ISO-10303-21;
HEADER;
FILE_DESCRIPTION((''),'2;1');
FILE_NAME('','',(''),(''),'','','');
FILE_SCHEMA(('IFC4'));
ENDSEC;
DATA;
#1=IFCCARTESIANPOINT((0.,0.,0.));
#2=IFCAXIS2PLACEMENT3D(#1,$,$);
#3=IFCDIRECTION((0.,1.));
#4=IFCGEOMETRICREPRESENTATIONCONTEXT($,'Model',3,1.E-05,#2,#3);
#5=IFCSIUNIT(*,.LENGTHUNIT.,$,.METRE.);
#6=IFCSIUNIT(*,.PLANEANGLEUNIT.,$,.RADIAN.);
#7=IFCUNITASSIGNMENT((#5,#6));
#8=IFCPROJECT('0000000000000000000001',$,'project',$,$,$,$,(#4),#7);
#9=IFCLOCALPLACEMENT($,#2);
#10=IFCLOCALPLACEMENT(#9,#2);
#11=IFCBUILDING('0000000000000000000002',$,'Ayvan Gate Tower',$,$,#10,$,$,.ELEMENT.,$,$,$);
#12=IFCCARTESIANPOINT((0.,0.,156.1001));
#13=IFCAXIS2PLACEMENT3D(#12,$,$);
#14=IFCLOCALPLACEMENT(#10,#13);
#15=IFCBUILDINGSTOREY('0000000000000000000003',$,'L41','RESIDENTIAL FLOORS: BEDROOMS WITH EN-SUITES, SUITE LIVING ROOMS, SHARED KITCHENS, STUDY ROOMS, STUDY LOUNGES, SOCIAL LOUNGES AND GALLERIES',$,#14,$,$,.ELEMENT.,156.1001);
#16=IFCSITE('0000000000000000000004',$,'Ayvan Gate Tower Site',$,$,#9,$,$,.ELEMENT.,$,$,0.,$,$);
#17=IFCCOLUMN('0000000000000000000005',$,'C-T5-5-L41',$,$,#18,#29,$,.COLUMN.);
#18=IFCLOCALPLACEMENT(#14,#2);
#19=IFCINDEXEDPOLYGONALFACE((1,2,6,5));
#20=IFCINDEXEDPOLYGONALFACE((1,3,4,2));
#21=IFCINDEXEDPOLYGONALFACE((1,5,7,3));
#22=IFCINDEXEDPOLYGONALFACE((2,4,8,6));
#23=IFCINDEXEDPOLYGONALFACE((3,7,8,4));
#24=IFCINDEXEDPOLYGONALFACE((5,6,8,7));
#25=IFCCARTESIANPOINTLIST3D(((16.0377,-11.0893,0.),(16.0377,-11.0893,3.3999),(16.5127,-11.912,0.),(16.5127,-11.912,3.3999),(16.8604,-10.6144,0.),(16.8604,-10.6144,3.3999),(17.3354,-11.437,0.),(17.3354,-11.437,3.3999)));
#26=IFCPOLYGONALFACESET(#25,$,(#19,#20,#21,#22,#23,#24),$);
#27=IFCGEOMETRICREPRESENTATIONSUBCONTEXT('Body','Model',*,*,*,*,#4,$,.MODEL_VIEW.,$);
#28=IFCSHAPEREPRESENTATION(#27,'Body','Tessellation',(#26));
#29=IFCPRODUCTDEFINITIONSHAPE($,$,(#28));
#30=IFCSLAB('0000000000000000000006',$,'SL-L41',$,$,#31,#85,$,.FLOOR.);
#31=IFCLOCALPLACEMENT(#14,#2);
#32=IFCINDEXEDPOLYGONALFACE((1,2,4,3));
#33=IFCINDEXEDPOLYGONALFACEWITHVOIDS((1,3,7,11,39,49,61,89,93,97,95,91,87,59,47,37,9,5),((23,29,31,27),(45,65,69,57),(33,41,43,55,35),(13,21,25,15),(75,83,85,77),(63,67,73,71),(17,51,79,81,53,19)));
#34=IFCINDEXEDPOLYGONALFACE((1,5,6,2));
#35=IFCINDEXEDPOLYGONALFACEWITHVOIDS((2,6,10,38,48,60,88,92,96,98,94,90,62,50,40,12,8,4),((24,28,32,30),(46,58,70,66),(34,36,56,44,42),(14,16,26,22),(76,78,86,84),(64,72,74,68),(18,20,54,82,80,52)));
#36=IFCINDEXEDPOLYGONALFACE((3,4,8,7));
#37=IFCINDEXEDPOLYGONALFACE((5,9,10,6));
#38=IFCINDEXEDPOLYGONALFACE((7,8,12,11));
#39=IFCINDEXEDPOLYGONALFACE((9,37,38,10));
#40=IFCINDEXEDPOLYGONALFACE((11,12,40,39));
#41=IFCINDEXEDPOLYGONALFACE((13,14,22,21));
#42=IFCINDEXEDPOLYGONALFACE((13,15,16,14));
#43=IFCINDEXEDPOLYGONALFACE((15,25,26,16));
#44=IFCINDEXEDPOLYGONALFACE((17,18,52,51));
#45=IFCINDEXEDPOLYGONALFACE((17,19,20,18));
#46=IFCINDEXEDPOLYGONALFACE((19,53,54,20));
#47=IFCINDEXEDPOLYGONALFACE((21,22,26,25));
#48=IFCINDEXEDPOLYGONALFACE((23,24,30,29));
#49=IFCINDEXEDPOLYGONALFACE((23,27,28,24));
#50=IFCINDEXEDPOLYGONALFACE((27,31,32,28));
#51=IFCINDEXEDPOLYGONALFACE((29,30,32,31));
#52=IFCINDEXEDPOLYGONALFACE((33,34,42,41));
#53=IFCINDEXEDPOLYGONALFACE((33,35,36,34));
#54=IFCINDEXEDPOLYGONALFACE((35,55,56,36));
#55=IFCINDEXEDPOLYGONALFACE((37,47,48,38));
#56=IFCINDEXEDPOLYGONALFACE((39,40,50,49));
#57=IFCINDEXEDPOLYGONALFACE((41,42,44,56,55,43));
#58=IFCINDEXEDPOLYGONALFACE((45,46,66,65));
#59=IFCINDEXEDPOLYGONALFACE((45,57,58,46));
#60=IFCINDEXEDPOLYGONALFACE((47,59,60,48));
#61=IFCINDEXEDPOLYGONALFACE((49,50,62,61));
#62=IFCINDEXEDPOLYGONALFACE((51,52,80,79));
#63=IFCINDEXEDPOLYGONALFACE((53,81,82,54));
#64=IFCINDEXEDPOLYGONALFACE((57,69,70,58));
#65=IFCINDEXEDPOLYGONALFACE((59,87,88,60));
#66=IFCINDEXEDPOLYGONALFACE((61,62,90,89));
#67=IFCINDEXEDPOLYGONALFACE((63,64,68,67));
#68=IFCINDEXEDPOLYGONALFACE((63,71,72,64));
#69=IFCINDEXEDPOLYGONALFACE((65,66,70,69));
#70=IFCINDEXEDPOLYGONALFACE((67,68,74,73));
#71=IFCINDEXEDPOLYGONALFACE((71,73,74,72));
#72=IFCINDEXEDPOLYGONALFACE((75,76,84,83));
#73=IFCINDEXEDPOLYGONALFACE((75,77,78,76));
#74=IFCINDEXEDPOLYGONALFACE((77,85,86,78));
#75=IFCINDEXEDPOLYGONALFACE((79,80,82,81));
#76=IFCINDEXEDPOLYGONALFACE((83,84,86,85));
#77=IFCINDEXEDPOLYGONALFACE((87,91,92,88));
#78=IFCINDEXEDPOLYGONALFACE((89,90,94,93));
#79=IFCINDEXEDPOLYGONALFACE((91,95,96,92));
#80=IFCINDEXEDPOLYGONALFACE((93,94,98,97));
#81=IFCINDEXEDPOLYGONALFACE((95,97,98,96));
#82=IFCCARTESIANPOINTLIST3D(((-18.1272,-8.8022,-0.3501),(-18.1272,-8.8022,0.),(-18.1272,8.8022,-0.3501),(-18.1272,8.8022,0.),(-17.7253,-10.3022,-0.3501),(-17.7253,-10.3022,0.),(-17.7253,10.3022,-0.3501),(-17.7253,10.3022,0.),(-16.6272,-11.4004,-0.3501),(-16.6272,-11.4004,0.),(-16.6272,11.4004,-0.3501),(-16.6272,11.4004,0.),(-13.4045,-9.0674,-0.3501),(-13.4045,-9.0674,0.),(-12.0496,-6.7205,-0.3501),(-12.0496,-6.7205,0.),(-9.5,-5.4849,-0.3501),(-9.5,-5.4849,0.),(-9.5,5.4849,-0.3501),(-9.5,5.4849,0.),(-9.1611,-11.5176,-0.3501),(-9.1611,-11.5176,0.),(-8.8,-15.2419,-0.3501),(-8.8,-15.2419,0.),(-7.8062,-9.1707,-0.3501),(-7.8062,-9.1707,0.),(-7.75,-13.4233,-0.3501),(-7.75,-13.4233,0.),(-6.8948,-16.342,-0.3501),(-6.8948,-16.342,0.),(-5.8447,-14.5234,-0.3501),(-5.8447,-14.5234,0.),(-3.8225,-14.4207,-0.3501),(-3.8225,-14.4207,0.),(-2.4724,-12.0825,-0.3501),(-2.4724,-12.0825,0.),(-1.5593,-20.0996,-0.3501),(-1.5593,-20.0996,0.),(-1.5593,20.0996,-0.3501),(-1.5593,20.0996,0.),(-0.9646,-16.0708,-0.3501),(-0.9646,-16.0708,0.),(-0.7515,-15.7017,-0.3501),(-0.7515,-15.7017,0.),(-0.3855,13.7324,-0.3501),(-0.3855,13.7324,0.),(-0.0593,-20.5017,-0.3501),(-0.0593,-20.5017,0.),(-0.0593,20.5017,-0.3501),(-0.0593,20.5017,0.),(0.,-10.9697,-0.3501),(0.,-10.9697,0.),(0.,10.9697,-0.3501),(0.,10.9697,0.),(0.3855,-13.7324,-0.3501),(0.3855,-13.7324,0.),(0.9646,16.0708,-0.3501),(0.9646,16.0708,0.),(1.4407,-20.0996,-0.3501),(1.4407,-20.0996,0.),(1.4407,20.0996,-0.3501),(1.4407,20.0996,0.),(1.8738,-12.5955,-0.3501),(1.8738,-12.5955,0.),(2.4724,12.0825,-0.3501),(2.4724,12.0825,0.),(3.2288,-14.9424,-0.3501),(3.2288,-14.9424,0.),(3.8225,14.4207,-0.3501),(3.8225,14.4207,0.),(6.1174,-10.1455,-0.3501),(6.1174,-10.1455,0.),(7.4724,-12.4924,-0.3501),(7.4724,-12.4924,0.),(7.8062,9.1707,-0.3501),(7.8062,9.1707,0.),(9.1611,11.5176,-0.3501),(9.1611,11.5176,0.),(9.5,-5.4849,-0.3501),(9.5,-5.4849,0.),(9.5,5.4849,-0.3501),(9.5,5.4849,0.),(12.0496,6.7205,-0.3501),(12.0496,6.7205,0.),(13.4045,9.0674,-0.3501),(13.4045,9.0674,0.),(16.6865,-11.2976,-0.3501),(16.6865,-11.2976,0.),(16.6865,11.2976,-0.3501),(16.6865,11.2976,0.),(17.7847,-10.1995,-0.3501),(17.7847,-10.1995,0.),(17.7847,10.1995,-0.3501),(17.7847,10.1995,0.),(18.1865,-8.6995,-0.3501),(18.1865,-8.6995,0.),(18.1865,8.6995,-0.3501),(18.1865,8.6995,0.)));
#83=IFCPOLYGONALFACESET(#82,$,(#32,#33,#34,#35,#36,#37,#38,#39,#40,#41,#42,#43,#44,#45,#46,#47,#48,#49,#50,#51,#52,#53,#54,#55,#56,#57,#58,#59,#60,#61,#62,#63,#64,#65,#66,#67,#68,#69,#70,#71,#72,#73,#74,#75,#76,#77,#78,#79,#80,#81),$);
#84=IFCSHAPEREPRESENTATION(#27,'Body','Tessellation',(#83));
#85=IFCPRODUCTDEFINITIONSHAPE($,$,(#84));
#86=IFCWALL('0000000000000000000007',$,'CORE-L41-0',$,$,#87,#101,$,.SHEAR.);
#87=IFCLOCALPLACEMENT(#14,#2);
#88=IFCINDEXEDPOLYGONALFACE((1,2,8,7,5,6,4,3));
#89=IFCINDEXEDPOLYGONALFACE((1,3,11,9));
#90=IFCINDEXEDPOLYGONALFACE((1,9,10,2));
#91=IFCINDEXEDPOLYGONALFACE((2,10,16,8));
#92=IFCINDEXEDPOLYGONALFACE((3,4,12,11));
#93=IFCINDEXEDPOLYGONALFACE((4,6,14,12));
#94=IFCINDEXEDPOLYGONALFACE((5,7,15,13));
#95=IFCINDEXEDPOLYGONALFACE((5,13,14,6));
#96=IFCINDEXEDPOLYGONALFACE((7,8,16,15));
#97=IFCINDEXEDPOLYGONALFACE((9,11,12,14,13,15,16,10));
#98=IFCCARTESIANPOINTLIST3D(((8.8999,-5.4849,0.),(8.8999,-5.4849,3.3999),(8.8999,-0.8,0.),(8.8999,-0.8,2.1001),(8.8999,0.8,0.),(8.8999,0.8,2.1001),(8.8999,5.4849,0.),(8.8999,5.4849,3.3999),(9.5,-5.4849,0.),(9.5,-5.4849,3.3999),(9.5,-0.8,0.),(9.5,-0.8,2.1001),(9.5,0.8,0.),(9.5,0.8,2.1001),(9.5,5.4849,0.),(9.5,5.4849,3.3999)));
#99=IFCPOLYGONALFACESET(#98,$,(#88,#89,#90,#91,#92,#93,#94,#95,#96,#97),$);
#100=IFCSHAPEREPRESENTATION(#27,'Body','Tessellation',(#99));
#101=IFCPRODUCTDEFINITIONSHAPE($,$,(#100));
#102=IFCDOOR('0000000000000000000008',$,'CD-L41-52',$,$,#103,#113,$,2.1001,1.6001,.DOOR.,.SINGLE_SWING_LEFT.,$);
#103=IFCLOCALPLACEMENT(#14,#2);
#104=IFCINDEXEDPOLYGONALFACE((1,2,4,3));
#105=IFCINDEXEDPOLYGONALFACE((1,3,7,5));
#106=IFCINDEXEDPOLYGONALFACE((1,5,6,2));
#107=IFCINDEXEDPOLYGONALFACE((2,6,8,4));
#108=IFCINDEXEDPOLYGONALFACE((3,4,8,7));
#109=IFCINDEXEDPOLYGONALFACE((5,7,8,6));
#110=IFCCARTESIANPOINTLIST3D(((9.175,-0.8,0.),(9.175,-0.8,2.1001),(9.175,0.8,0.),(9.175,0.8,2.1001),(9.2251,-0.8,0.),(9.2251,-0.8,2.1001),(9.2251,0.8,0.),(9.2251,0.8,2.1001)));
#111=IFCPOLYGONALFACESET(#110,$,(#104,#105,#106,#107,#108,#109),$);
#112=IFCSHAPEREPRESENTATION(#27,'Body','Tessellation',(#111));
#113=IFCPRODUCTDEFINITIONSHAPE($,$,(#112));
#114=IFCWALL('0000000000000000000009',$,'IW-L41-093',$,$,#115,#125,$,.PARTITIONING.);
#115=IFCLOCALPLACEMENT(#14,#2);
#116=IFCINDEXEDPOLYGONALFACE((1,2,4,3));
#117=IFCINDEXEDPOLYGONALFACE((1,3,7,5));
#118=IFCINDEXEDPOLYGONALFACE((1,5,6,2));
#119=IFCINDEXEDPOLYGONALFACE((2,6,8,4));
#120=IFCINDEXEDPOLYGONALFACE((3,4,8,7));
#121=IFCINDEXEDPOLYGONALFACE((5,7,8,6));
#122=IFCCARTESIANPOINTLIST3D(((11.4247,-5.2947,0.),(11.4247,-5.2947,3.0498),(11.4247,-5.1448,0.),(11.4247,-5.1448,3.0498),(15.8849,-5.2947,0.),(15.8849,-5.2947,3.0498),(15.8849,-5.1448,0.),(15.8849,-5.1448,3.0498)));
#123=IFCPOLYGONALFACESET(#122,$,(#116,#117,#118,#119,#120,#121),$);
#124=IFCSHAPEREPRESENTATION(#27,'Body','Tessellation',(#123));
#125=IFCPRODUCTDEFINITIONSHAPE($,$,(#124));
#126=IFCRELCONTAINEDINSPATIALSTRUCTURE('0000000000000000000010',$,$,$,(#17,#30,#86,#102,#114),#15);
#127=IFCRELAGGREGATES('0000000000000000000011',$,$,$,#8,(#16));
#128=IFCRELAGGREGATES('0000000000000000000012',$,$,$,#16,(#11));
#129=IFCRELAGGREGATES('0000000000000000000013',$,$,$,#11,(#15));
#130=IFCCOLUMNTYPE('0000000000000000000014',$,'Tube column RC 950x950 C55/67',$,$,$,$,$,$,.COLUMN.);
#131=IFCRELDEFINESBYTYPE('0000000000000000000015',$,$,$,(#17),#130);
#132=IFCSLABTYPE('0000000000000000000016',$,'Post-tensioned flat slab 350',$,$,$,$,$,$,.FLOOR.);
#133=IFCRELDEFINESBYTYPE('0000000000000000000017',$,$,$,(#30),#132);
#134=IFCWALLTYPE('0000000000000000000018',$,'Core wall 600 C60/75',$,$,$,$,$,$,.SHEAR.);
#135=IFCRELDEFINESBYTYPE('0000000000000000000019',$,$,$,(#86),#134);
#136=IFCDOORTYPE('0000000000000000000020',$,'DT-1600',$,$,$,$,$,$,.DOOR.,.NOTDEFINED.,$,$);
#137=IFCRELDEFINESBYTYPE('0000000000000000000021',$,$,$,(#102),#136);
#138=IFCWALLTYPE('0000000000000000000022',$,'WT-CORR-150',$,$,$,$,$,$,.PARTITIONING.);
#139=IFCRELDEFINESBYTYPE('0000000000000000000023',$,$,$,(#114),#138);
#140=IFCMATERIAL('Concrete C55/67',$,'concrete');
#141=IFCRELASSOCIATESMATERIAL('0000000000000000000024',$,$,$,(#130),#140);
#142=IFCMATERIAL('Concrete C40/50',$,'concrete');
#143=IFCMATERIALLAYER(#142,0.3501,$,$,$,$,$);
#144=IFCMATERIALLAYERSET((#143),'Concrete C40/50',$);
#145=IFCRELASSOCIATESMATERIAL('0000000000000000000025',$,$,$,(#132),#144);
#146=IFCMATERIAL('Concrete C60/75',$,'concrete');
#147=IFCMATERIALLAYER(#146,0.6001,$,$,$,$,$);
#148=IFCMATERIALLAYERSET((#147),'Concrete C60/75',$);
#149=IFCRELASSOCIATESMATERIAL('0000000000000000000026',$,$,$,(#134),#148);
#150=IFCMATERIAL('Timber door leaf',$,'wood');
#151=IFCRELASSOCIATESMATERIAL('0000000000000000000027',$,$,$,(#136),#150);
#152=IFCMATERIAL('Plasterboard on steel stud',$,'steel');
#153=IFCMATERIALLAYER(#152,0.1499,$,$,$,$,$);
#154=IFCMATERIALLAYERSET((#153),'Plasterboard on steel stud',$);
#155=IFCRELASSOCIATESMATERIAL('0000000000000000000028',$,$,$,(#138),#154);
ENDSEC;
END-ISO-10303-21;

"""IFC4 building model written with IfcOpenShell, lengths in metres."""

from ifc_helpers import new_model, si_unit, direction, frame, frame_2d, origin, origin_2d, place, context, subcontext, project, spatial, polyline, rectangle, outline, extrude, material, layer, layer_set, material_profile, profile_set, type_object, element, fill, save


model = new_model("IFC4")

# Units and contexts
model_context = context("Model", 3, precision=1e-05, world=origin(), true_north=direction((0.0, 1.0)))
body_context = subcontext(model_context, "Body", "Model", "MODEL_VIEW")
ifc_project = project(units=[si_unit("LENGTHUNIT", "METRE"), si_unit("PLANEANGLEUNIT", "RADIAN")], contexts=[model_context])

# Site, building, storey
site_placement = place(None, origin())
site = spatial("IfcSite", under=ifc_project, at=site_placement, Name="Ayvan Gate Tower Site", CompositionType="ELEMENT", RefElevation=0.0)
building_placement = place(site_placement, origin())
building = spatial("IfcBuilding", under=site, at=building_placement, Name="Ayvan Gate Tower", CompositionType="ELEMENT")
storey_placement = place(building_placement, frame((0.0, 0.0, 156.1001)))
storey = spatial("IfcBuildingStorey", under=building, at=storey_placement, Name="L41", Description="RESIDENTIAL FLOORS: BEDROOMS WITH EN-SUITES, SUITE LIVING ROOMS, SHARED KITCHENS, STUDY ROOMS, STUDY LOUNGES, SOCIAL LOUNGES AND GALLERIES", CompositionType="ELEMENT", Elevation=156.1001)

# Column
ifc_material_1 = material(Name="Concrete C55/67", Category="concrete")
ifc_material_profile = material_profile(ifc_material_1, rectangle(XDim=0.95, YDim=0.95, at=origin_2d()), Name="RC 950x950")
ifc_profile_set = profile_set([ifc_material_profile], Name="Concrete C55/67")
column_type = type_object("IfcColumnType", Name="Tube column RC 950x950 C55/67", PredefinedType="COLUMN", material=ifc_profile_set)
column_placement = place(storey_placement, frame((16.6865, -11.2632, 0.0), z_axis=(0.0, 0.0, 1.0), x_axis=(0.5, -0.866025, 0.0)))
element("IfcColumn", 1, at=column_placement, inside=storey, type_object=column_type, Name="C-T5-5-L41", PredefinedType="COLUMN", context=body_context, shape_type="SweptSolid", body=[
    extrude(rectangle(XDim=0.95, YDim=0.95, at=origin_2d()), origin(), (0.0, 0.0, 1.0), 3.3999),
])

# Slab
ifc_material_2 = material(Name="Concrete C40/50", Category="concrete")
ifc_layer_1 = layer(ifc_material_2, 0.3501)
ifc_layer_set_1 = layer_set([ifc_layer_1], Name="Concrete C40/50")
slab_type = type_object("IfcSlabType", Name="Post-tensioned flat slab 350", PredefinedType="FLOOR", material=ifc_layer_set_1)
slab_placement = place(storey_placement, frame((0.0, 0.0, -0.3501)))
element("IfcSlab", 2, at=slab_placement, inside=storey, type_object=slab_type, Name="SL-L41", PredefinedType="FLOOR", context=body_context, shape_type="SweptSolid", body=[
    extrude(outline(polyline([(-0.0593, -20.5017), (-1.5593, -20.0996), (-16.6272, -11.4004), (-17.7253, -10.3022), (-18.1272, -8.8022), (-18.1272, 8.8022), (-17.7253, 10.3022), (-16.6272, 11.4004), (-1.5593, 20.0996), (-0.0593, 20.5017), (1.4407, 20.0996), (16.6865, 11.2976), (17.7847, 10.1995), (18.1865, 8.6995), (18.1865, -8.6995), (17.7847, -10.1995), (16.6865, -11.2976), (1.4407, -20.0996), (-0.0593, -20.5017)]), holes=[polyline([(13.4045, 9.0674), (9.1611, 11.5176), (7.8062, 9.1707), (12.0496, 6.7205), (13.4045, 9.0674)]), polyline([(0.0, 10.9697), (-9.5, 5.4849), (-9.5, -5.4849), (0.0, -10.9697), (9.5, -5.4849), (9.5, 5.4849), (0.0, 10.9697)]), polyline([(3.2288, -14.9424), (7.4724, -12.4924), (6.1174, -10.1455), (1.8738, -12.5955), (3.2288, -14.9424)]), polyline([(0.9646, 16.0708), (-0.3855, 13.7324), (2.4724, 12.0825), (3.8225, 14.4207), (0.9646, 16.0708)]), polyline([(0.3855, -13.7324), (-2.4724, -12.0825), (-3.8225, -14.4207), (-0.9646, -16.0708), (-0.7515, -15.7017), (0.3855, -13.7324)]), polyline([(-6.8948, -16.342), (-5.8447, -14.5234), (-7.75, -13.4233), (-8.8, -15.2419), (-6.8948, -16.342)]), polyline([(-7.8062, -9.1707), (-12.0496, -6.7205), (-13.4045, -9.0674), (-9.1611, -11.5176), (-7.8062, -9.1707)])]), origin(), (0.0, 0.0, 1.0), 0.3501),
])

# Wall, opening, door
ifc_material_3 = material(Name="Concrete C60/75", Category="concrete")
ifc_layer_2 = layer(ifc_material_3, 0.6001)
ifc_layer_set_2 = layer_set([ifc_layer_2], Name="Concrete C60/75")
wall_type_1 = type_object("IfcWallType", Name="Core wall 600 C60/75", PredefinedType="SHEAR", material=ifc_layer_set_2)
wall_1_placement = place(storey_placement, frame((9.2, -5.4849, 0.0), z_axis=(0.0, 0.0, 1.0), x_axis=(0.0, 1.0, 0.0)))
wall_1 = element("IfcWall", 3, at=wall_1_placement, inside=storey, type_object=wall_type_1, Name="CORE-L41-0", PredefinedType="SHEAR", context=body_context, shape_type="SweptSolid", body=[
    extrude(rectangle(XDim=10.9697, YDim=0.6001, at=frame_2d((5.4849, 0.0))), origin(), (0.0, 0.0, 1.0), 3.3999),
])
opening_1_placement = place(wall_1_placement, frame((4.6848, 0.0, 0.0)))
opening_1 = element("IfcOpeningElement", 4, at=opening_1_placement, cuts=wall_1, PredefinedType="OPENING", context=body_context, shape_type="SweptSolid", body=[
    extrude(rectangle(XDim=1.6001, YDim=2.1001, at=frame_2d((0.8, 1.05))), frame((0.0, 0.3101, 0.0), z_axis=(0.0, -1.0, 0.0), x_axis=(1.0, 0.0, 0.0)), (0.0, 0.0, 1.0), 0.6201),
])
ifc_material_4 = material(Name="Timber door leaf", Category="wood")
door_type_1 = type_object("IfcDoorType", Name="DT-1600", OperationType="NOTDEFINED", PredefinedType="DOOR", material=ifc_material_4)
door_1_placement = place(opening_1_placement, origin())
door_1 = element("IfcDoor", 5, at=door_1_placement, inside=storey, type_object=door_type_1, Name="CD-L41-52", OperationType="SINGLE_SWING_LEFT", OverallHeight=2.1001, OverallWidth=1.6001, PredefinedType="DOOR", context=body_context, shape_type="SweptSolid", body=[
    extrude(rectangle(XDim=1.6001, YDim=2.1001, at=frame_2d((0.8, 1.05))), frame((0.0, 0.0249, 0.0), z_axis=(0.0, -1.0, 0.0), x_axis=(1.0, 0.0, 0.0)), (0.0, 0.0, 1.0), 0.05),
])
fill(opening_1, door_1)

# Wall
ifc_material_5 = material(Name="Plasterboard on steel stud", Category="steel")
ifc_layer_3 = layer(ifc_material_5, 0.1499)
ifc_layer_set_3 = layer_set([ifc_layer_3], Name="Plasterboard on steel stud")
wall_type_2 = type_object("IfcWallType", Name="WT-CORR-150", PredefinedType="PARTITIONING", material=ifc_layer_set_3)
wall_2_placement = place(storey_placement, frame((11.4248, -5.2197, 0.0), z_axis=(0.0, 0.0, 1.0), x_axis=(1.0, 0.0, 0.0)))
element("IfcWall", 6, at=wall_2_placement, inside=storey, type_object=wall_type_2, Name="IW-L41-093", PredefinedType="PARTITIONING", context=body_context, shape_type="SweptSolid", body=[
    extrude(rectangle(XDim=4.4602, YDim=0.1499, at=frame_2d((2.23, 0.0))), origin(), (0.0, 0.0, 1.0), 3.0498),
])

save(model, "model.ifc")
